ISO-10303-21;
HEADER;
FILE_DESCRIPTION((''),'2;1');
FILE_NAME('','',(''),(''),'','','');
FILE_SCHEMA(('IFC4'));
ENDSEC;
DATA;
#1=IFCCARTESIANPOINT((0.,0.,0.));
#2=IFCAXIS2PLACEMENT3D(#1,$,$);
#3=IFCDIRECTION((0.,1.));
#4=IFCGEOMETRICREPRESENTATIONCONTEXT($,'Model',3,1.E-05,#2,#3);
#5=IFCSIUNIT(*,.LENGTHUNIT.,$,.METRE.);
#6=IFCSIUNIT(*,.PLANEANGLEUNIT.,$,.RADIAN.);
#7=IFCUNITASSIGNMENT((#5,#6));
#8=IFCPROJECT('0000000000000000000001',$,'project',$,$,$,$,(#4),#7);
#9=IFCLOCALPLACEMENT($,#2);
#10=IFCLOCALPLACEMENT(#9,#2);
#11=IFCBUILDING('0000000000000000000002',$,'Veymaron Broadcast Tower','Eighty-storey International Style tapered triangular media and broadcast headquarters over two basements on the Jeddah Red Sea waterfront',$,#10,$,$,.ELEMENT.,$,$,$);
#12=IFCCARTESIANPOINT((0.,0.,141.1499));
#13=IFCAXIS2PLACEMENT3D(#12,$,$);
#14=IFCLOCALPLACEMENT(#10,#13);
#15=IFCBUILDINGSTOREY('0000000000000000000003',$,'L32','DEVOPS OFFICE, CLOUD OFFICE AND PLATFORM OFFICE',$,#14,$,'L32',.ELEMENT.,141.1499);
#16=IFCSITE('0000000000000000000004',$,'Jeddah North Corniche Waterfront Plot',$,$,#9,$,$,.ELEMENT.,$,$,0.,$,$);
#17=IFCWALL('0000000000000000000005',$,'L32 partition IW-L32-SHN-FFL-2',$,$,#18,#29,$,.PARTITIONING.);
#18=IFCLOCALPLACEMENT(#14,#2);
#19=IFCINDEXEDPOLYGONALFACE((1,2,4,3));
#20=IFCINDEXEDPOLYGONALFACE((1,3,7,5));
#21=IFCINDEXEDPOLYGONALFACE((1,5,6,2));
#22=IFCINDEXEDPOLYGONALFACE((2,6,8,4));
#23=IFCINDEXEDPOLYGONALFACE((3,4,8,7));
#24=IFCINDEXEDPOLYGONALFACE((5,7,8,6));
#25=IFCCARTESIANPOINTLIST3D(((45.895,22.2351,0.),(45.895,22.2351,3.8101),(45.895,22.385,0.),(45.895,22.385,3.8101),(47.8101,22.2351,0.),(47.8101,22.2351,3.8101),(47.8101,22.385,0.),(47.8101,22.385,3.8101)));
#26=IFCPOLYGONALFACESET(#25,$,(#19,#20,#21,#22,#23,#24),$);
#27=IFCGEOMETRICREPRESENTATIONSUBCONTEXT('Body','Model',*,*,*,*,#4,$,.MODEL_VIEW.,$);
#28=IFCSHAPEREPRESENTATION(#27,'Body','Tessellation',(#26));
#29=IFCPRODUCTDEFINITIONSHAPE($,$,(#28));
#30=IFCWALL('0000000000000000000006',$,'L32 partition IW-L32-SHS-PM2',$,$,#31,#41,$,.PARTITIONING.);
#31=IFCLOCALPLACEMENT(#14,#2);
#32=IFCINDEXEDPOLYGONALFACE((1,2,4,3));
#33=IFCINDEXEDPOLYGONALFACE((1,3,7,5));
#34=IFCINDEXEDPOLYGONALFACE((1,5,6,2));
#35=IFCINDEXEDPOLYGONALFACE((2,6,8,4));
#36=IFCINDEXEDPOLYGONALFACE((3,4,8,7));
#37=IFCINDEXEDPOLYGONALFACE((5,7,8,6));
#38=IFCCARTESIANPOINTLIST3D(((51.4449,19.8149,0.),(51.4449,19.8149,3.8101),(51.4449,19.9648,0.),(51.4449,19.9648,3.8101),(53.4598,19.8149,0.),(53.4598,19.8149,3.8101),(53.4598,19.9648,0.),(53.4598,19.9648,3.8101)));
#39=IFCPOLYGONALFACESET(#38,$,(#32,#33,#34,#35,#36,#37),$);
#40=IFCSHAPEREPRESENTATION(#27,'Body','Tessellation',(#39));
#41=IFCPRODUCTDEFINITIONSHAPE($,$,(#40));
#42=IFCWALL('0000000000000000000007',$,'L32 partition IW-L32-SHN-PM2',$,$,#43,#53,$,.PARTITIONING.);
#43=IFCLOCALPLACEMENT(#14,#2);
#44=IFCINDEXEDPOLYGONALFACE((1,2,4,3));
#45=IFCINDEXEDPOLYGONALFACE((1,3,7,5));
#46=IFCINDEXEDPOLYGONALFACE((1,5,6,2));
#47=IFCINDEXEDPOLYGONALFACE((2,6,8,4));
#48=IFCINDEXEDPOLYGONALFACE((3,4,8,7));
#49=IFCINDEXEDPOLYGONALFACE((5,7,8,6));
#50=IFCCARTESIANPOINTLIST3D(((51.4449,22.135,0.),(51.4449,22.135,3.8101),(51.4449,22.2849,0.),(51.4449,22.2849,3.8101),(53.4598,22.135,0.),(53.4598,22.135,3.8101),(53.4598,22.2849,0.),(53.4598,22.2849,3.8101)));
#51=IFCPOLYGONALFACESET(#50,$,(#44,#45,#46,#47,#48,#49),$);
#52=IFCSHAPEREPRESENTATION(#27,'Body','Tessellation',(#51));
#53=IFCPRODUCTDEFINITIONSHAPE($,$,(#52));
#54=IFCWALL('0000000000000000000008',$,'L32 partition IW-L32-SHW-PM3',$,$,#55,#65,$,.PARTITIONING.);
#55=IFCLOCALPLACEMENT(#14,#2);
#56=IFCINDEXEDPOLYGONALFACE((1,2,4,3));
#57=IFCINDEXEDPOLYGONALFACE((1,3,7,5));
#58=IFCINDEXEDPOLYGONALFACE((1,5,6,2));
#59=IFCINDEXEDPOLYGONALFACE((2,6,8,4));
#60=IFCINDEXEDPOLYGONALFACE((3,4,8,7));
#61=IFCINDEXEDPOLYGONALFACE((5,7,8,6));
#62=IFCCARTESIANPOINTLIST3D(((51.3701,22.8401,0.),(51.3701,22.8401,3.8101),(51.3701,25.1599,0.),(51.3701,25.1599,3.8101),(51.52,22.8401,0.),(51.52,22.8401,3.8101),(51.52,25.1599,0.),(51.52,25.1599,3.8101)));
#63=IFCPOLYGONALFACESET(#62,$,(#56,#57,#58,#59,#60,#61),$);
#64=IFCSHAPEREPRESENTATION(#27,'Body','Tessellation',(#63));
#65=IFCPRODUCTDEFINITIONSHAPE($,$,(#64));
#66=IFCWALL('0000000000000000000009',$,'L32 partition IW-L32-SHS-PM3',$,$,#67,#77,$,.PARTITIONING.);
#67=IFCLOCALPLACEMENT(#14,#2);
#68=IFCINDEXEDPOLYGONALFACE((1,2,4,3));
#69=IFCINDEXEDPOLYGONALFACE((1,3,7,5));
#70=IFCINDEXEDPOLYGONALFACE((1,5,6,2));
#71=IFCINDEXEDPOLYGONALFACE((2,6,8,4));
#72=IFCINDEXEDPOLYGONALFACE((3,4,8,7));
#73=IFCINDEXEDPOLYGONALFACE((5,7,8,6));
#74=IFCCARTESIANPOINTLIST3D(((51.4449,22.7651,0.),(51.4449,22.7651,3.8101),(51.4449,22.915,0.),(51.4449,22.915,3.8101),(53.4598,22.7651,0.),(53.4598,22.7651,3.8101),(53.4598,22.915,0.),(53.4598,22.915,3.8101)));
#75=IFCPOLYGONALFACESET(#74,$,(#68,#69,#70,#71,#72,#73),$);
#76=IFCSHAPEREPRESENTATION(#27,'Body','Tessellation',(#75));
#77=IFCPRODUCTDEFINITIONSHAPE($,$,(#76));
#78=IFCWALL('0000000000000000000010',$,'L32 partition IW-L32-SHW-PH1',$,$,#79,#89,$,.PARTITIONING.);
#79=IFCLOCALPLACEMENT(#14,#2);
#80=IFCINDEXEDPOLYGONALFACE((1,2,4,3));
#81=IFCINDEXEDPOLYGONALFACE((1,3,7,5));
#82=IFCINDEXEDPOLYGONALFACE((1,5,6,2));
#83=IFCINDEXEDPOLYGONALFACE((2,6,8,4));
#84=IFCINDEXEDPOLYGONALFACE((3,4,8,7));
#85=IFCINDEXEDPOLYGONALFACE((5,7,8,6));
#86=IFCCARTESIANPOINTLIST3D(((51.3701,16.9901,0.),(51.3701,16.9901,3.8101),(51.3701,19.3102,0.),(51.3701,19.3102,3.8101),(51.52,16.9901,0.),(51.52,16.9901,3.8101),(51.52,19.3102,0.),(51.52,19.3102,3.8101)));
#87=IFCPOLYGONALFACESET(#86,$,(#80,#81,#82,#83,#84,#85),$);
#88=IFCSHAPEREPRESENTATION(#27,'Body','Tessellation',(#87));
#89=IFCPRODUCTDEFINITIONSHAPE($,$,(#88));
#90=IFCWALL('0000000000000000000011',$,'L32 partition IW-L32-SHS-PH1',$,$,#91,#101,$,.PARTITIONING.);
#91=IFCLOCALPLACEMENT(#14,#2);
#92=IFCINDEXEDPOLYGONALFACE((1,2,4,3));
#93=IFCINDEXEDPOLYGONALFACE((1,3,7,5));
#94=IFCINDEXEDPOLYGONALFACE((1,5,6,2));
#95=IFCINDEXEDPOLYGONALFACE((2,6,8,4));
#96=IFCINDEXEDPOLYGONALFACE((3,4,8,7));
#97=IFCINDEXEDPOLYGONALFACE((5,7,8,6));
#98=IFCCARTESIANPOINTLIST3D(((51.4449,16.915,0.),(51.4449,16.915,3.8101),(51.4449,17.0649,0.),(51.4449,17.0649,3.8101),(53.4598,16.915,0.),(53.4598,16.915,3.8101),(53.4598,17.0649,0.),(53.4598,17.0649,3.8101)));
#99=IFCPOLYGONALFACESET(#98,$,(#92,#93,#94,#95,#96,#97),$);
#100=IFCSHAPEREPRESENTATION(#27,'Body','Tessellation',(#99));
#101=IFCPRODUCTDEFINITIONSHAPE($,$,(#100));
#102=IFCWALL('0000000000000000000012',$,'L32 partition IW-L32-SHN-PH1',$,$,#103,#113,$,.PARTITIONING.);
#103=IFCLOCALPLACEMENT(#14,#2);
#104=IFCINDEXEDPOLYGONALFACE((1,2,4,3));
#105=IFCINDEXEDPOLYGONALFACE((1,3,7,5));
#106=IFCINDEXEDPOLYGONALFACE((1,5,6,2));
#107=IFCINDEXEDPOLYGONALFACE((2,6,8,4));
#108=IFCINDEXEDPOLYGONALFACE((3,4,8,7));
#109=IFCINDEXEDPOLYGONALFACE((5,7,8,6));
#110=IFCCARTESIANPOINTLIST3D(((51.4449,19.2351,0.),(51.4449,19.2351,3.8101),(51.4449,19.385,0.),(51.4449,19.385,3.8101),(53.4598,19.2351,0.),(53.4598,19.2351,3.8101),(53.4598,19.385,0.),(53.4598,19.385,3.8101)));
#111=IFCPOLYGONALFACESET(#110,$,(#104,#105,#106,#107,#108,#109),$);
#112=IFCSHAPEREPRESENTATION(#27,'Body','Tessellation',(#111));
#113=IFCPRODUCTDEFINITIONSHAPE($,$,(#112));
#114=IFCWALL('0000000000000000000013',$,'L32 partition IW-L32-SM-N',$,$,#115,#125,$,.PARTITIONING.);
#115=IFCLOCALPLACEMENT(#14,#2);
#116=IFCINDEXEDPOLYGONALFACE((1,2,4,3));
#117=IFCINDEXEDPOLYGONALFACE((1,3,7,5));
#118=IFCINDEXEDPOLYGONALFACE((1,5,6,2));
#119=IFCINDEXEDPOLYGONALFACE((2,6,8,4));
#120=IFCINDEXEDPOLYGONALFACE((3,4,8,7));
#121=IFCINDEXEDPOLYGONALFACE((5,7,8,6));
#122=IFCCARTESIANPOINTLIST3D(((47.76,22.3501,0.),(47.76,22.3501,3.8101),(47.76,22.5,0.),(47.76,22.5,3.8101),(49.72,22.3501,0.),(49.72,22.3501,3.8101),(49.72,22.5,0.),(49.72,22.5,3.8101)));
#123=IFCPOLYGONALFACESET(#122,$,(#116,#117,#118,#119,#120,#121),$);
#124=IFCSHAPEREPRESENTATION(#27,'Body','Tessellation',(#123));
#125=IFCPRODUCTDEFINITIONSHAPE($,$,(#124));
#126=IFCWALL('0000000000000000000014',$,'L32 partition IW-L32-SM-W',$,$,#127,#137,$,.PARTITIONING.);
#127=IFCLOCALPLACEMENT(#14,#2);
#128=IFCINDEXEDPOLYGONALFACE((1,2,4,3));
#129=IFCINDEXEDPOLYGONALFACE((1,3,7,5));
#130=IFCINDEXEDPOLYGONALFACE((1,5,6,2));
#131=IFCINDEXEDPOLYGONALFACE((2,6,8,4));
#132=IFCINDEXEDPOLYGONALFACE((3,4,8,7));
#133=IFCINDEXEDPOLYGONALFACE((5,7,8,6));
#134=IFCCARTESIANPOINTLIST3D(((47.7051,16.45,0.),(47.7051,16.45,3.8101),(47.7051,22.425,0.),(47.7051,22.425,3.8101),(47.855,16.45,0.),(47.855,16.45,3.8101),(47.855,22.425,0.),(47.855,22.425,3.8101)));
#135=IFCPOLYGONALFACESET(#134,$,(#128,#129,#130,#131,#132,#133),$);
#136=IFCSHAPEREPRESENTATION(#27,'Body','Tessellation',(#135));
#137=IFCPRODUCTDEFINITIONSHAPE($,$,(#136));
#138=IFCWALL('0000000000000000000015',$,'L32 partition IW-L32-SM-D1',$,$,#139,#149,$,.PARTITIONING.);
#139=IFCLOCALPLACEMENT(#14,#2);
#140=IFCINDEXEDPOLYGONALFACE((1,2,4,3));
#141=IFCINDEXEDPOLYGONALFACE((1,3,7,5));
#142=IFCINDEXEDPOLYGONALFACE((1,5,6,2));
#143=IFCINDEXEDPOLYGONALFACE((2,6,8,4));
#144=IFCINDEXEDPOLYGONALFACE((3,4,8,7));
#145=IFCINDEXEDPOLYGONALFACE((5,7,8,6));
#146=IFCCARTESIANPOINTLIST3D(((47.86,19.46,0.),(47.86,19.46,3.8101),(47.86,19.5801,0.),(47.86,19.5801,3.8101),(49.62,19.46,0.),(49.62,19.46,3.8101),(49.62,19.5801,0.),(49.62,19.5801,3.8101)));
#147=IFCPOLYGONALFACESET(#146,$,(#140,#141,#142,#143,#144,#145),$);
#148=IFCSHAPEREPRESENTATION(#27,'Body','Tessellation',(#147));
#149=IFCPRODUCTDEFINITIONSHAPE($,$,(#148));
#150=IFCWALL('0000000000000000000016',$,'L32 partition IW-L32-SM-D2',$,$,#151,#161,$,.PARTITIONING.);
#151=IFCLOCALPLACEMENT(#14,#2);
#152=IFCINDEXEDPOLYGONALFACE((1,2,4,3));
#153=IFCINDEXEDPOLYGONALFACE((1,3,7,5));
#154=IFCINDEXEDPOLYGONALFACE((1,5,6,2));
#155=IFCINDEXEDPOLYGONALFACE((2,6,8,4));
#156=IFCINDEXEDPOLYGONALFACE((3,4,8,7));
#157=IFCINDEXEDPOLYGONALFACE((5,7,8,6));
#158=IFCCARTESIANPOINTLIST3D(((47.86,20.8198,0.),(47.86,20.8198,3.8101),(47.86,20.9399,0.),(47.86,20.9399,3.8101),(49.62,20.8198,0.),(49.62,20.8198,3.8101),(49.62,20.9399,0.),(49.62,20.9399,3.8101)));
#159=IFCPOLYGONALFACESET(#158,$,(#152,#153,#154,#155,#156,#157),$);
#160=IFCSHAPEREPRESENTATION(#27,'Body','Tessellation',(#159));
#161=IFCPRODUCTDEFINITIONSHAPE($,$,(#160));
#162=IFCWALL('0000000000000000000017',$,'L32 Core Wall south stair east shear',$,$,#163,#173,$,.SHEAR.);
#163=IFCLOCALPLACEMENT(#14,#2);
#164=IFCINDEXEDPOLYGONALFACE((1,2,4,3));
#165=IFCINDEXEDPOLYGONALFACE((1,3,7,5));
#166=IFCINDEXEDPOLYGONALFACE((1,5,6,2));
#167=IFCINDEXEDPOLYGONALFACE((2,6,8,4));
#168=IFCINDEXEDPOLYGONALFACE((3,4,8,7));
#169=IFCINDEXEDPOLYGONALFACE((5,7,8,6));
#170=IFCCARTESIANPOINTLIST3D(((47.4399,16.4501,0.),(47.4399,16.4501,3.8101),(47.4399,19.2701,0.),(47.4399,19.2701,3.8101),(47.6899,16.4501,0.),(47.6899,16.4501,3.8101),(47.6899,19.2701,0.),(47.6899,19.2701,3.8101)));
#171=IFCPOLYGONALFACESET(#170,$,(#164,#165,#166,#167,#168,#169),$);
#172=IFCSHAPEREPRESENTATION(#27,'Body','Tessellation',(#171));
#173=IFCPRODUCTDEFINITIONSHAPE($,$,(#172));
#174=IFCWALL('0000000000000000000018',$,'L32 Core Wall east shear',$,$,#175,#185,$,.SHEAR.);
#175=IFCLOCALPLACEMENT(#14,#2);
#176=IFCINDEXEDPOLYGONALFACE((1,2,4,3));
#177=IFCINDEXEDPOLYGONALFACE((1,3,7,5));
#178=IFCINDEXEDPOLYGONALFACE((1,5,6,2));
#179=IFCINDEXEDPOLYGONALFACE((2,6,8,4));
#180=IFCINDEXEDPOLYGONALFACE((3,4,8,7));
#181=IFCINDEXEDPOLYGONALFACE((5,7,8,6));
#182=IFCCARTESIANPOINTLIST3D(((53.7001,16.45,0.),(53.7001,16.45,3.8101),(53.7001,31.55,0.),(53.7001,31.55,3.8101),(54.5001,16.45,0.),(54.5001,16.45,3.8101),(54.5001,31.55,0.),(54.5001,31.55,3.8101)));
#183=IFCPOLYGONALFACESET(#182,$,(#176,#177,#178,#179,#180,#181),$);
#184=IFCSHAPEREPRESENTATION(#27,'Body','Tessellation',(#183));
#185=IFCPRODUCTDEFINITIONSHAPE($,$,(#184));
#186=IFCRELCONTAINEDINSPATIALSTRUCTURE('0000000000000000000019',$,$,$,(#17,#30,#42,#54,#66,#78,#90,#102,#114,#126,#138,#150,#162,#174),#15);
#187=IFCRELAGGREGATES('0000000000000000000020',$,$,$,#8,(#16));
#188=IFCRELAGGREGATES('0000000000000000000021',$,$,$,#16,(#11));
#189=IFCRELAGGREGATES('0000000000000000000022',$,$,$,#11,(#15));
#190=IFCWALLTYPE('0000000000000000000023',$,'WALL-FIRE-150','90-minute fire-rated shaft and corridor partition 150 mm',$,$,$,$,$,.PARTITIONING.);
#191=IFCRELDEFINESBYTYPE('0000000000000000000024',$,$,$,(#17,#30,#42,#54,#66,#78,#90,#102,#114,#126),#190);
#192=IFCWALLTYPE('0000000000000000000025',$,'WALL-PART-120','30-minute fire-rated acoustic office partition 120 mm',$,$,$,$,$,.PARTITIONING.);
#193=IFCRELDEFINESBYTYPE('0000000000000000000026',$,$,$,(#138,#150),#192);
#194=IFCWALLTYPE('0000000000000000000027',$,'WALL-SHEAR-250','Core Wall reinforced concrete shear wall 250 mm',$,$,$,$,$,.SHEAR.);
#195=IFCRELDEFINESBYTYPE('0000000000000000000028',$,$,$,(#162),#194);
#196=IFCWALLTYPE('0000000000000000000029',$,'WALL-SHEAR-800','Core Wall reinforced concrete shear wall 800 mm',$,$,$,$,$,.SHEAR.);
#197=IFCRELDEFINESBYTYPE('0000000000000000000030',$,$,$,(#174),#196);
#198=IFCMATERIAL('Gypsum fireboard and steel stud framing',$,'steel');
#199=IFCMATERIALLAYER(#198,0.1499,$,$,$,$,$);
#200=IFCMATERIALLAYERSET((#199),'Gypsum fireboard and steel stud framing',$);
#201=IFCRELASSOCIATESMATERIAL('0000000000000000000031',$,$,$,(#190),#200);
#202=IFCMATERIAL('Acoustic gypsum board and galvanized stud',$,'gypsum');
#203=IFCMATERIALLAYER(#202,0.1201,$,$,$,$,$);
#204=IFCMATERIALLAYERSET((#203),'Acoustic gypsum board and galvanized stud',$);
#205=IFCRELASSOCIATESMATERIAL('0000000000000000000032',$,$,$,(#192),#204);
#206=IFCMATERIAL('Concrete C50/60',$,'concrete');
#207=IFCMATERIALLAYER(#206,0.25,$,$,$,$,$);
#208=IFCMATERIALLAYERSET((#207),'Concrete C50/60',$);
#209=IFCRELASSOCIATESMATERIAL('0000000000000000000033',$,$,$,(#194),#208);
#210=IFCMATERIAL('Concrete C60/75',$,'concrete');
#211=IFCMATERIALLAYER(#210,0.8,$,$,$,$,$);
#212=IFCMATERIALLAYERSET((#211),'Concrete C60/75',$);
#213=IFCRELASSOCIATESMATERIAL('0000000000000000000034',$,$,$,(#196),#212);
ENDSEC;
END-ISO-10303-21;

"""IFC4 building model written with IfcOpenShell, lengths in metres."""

from ifc_helpers import new_model, si_unit, direction, frame, frame_2d, origin, place, context, subcontext, project, spatial, rectangle, extrude, material, layer, layer_set, type_object, element, save


model = new_model("IFC4")

# Units and contexts
model_context = context("Model", 3, precision=1e-05, world=origin(), true_north=direction((0.0, 1.0)))
body_context = subcontext(model_context, "Body", "Model", "MODEL_VIEW")
ifc_project = project(units=[si_unit("LENGTHUNIT", "METRE"), si_unit("PLANEANGLEUNIT", "RADIAN")], contexts=[model_context])

# Site, building, storey
site_placement = place(None, origin())
site = spatial("IfcSite", under=ifc_project, at=site_placement, Name="Jeddah North Corniche Waterfront Plot", CompositionType="ELEMENT", RefElevation=0.0)
building_placement = place(site_placement, origin())
building = spatial("IfcBuilding", under=site, at=building_placement, Name="Veymaron Broadcast Tower", Description="Eighty-storey International Style tapered triangular media and broadcast headquarters over two basements on the Jeddah Red Sea waterfront", CompositionType="ELEMENT")
storey_placement = place(building_placement, frame((0.0, 0.0, 141.1499)))
storey = spatial("IfcBuildingStorey", under=building, at=storey_placement, Name="L32", Description="DEVOPS OFFICE, CLOUD OFFICE AND PLATFORM OFFICE", LongName="L32", CompositionType="ELEMENT", Elevation=141.1499)

# Wall
ifc_material_1 = material(Name="Gypsum fireboard and steel stud framing", Category="steel")
ifc_layer_1 = layer(ifc_material_1, 0.1499)
ifc_layer_set_1 = layer_set([ifc_layer_1], Name="Gypsum fireboard and steel stud framing")
wall_type_1 = type_object("IfcWallType", Name="WALL-FIRE-150", Description="90-minute fire-rated shaft and corridor partition 150 mm", PredefinedType="PARTITIONING", material=ifc_layer_set_1)
wall_1_placement = place(storey_placement, frame((45.895, 22.3101, 0.0), z_axis=(0.0, 0.0, 1.0), x_axis=(1.0, 0.0, 0.0)))
element("IfcWall", 1, at=wall_1_placement, inside=storey, type_object=wall_type_1, Name="L32 partition IW-L32-SHN-FFL-2", PredefinedType="PARTITIONING", context=body_context, shape_type="SweptSolid", body=[
    extrude(rectangle(XDim=1.915, YDim=0.1499, at=frame_2d((0.9575, 0.0))), origin(), (0.0, 0.0, 1.0), 3.8101),
])

# Walls
for number, where, z_axis, x_axis, name in (
    (2, (51.4451, 19.8899, 0.0), (0.0, 0.0, 1.0), (1.0, 0.0, 0.0), "L32 partition IW-L32-SHS-PM2"),
    (3, (51.4451, 22.21, 0.0), (0.0, 0.0, 1.0), (1.0, 0.0, 0.0), "L32 partition IW-L32-SHN-PM2"),
):
    element("IfcWall", number, at=place(storey_placement, frame(where, z_axis=z_axis, x_axis=x_axis)), inside=storey, type_object=wall_type_1, Name=name, PredefinedType="PARTITIONING", context=body_context, shape_type="SweptSolid", body=[
        extrude(rectangle(XDim=2.0149, YDim=0.1499, at=frame_2d((1.0073, 0.0))), origin(), (0.0, 0.0, 1.0), 3.8101),
    ])
wall_2_placement = place(storey_placement, frame((51.4451, 22.8401, 0.0), z_axis=(0.0, 0.0, 1.0), x_axis=(0.0, 1.0, 0.0)))
element("IfcWall", 4, at=wall_2_placement, inside=storey, type_object=wall_type_1, Name="L32 partition IW-L32-SHW-PM3", PredefinedType="PARTITIONING", context=body_context, shape_type="SweptSolid", body=[
    extrude(rectangle(XDim=2.3198, YDim=0.1499, at=frame_2d((1.1599, 0.0))), origin(), (0.0, 0.0, 1.0), 3.8101),
])
wall_3_placement = place(storey_placement, frame((51.4451, 22.8401, 0.0), z_axis=(0.0, 0.0, 1.0), x_axis=(1.0, 0.0, 0.0)))
element("IfcWall", 5, at=wall_3_placement, inside=storey, type_object=wall_type_1, Name="L32 partition IW-L32-SHS-PM3", PredefinedType="PARTITIONING", context=body_context, shape_type="SweptSolid", body=[
    extrude(rectangle(XDim=2.0149, YDim=0.1499, at=frame_2d((1.0073, 0.0))), origin(), (0.0, 0.0, 1.0), 3.8101),
])
wall_4_placement = place(storey_placement, frame((51.4451, 16.99, 0.0), z_axis=(0.0, 0.0, 1.0), x_axis=(0.0, 1.0, 0.0)))
element("IfcWall", 6, at=wall_4_placement, inside=storey, type_object=wall_type_1, Name="L32 partition IW-L32-SHW-PH1", PredefinedType="PARTITIONING", context=body_context, shape_type="SweptSolid", body=[
    extrude(rectangle(XDim=2.3201, YDim=0.1499, at=frame_2d((1.1602, 0.0))), origin(), (0.0, 0.0, 1.0), 3.8101),
])
for number, where, z_axis, x_axis, name in (
    (7, (51.4451, 16.99, 0.0), (0.0, 0.0, 1.0), (1.0, 0.0, 0.0), "L32 partition IW-L32-SHS-PH1"),
    (8, (51.4451, 19.3101, 0.0), (0.0, 0.0, 1.0), (1.0, 0.0, 0.0), "L32 partition IW-L32-SHN-PH1"),
):
    element("IfcWall", number, at=place(storey_placement, frame(where, z_axis=z_axis, x_axis=x_axis)), inside=storey, type_object=wall_type_1, Name=name, PredefinedType="PARTITIONING", context=body_context, shape_type="SweptSolid", body=[
        extrude(rectangle(XDim=2.0149, YDim=0.1499, at=frame_2d((1.0073, 0.0))), origin(), (0.0, 0.0, 1.0), 3.8101),
    ])

# Walls
wall_5_placement = place(storey_placement, frame((47.76, 22.425, 0.0), z_axis=(0.0, 0.0, 1.0), x_axis=(1.0, 0.0, 0.0)))
element("IfcWall", 9, at=wall_5_placement, inside=storey, type_object=wall_type_1, Name="L32 partition IW-L32-SM-N", PredefinedType="PARTITIONING", context=body_context, shape_type="SweptSolid", body=[
    extrude(rectangle(XDim=1.96, YDim=0.1499, at=frame_2d((0.98, 0.0))), origin(), (0.0, 0.0, 1.0), 3.8101),
])
wall_6_placement = place(storey_placement, frame((47.78, 16.45, 0.0), z_axis=(0.0, 0.0, 1.0), x_axis=(0.0, 1.0, 0.0)))
element("IfcWall", 10, at=wall_6_placement, inside=storey, type_object=wall_type_1, Name="L32 partition IW-L32-SM-W", PredefinedType="PARTITIONING", context=body_context, shape_type="SweptSolid", body=[
    extrude(rectangle(XDim=5.9751, YDim=0.1499, at=frame_2d((2.9875, 0.0))), origin(), (0.0, 0.0, 1.0), 3.8101),
])
ifc_material_2 = material(Name="Acoustic gypsum board and galvanized stud", Category="gypsum")
ifc_layer_2 = layer(ifc_material_2, 0.1201)
ifc_layer_set_2 = layer_set([ifc_layer_2], Name="Acoustic gypsum board and galvanized stud")
wall_type_2 = type_object("IfcWallType", Name="WALL-PART-120", Description="30-minute fire-rated acoustic office partition 120 mm", PredefinedType="PARTITIONING", material=ifc_layer_set_2)
for number, where, z_axis, x_axis, name in (
    (11, (47.8601, 19.52, 0.0), (0.0, 0.0, 1.0), (1.0, 0.0, 0.0), "L32 partition IW-L32-SM-D1"),
    (12, (47.8601, 20.8799, 0.0), (0.0, 0.0, 1.0), (1.0, 0.0, 0.0), "L32 partition IW-L32-SM-D2"),
):
    element("IfcWall", number, at=place(storey_placement, frame(where, z_axis=z_axis, x_axis=x_axis)), inside=storey, type_object=wall_type_2, Name=name, PredefinedType="PARTITIONING", context=body_context, shape_type="SweptSolid", body=[
        extrude(rectangle(XDim=1.76, YDim=0.1201, at=frame_2d((0.8799, 0.0))), origin(), (0.0, 0.0, 1.0), 3.8101),
    ])

# Walls
ifc_material_3 = material(Name="Concrete C50/60", Category="concrete")
ifc_layer_3 = layer(ifc_material_3, 0.25)
ifc_layer_set_3 = layer_set([ifc_layer_3], Name="Concrete C50/60")
wall_type_3 = type_object("IfcWallType", Name="WALL-SHEAR-250", Description="Core Wall reinforced concrete shear wall 250 mm", PredefinedType="SHEAR", material=ifc_layer_set_3)
wall_7_placement = place(storey_placement, frame((47.5649, 16.45, 0.0), z_axis=(0.0, 0.0, 1.0), x_axis=(0.0, 1.0, 0.0)))
element("IfcWall", 13, at=wall_7_placement, inside=storey, type_object=wall_type_3, Name="L32 Core Wall south stair east shear", PredefinedType="SHEAR", context=body_context, shape_type="SweptSolid", body=[
    extrude(rectangle(XDim=2.8201, YDim=0.25, at=frame_2d((1.4102, 0.0))), origin(), (0.0, 0.0, 1.0), 3.8101),
])
ifc_material_4 = material(Name="Concrete C60/75", Category="concrete")
ifc_layer_4 = layer(ifc_material_4, 0.8)
ifc_layer_set_4 = layer_set([ifc_layer_4], Name="Concrete C60/75")
wall_type_4 = type_object("IfcWallType", Name="WALL-SHEAR-800", Description="Core Wall reinforced concrete shear wall 800 mm", PredefinedType="SHEAR", material=ifc_layer_set_4)
wall_8_placement = place(storey_placement, frame((54.1001, 16.45, 0.0), z_axis=(0.0, 0.0, 1.0), x_axis=(0.0, 1.0, 0.0)))
element("IfcWall", 14, at=wall_8_placement, inside=storey, type_object=wall_type_4, Name="L32 Core Wall east shear", PredefinedType="SHEAR", context=body_context, shape_type="SweptSolid", body=[
    extrude(rectangle(XDim=15.1001, YDim=0.8, at=frame_2d((7.55, 0.0))), origin(), (0.0, 0.0, 1.0), 3.8101),
])

save(model, "model.ifc")
